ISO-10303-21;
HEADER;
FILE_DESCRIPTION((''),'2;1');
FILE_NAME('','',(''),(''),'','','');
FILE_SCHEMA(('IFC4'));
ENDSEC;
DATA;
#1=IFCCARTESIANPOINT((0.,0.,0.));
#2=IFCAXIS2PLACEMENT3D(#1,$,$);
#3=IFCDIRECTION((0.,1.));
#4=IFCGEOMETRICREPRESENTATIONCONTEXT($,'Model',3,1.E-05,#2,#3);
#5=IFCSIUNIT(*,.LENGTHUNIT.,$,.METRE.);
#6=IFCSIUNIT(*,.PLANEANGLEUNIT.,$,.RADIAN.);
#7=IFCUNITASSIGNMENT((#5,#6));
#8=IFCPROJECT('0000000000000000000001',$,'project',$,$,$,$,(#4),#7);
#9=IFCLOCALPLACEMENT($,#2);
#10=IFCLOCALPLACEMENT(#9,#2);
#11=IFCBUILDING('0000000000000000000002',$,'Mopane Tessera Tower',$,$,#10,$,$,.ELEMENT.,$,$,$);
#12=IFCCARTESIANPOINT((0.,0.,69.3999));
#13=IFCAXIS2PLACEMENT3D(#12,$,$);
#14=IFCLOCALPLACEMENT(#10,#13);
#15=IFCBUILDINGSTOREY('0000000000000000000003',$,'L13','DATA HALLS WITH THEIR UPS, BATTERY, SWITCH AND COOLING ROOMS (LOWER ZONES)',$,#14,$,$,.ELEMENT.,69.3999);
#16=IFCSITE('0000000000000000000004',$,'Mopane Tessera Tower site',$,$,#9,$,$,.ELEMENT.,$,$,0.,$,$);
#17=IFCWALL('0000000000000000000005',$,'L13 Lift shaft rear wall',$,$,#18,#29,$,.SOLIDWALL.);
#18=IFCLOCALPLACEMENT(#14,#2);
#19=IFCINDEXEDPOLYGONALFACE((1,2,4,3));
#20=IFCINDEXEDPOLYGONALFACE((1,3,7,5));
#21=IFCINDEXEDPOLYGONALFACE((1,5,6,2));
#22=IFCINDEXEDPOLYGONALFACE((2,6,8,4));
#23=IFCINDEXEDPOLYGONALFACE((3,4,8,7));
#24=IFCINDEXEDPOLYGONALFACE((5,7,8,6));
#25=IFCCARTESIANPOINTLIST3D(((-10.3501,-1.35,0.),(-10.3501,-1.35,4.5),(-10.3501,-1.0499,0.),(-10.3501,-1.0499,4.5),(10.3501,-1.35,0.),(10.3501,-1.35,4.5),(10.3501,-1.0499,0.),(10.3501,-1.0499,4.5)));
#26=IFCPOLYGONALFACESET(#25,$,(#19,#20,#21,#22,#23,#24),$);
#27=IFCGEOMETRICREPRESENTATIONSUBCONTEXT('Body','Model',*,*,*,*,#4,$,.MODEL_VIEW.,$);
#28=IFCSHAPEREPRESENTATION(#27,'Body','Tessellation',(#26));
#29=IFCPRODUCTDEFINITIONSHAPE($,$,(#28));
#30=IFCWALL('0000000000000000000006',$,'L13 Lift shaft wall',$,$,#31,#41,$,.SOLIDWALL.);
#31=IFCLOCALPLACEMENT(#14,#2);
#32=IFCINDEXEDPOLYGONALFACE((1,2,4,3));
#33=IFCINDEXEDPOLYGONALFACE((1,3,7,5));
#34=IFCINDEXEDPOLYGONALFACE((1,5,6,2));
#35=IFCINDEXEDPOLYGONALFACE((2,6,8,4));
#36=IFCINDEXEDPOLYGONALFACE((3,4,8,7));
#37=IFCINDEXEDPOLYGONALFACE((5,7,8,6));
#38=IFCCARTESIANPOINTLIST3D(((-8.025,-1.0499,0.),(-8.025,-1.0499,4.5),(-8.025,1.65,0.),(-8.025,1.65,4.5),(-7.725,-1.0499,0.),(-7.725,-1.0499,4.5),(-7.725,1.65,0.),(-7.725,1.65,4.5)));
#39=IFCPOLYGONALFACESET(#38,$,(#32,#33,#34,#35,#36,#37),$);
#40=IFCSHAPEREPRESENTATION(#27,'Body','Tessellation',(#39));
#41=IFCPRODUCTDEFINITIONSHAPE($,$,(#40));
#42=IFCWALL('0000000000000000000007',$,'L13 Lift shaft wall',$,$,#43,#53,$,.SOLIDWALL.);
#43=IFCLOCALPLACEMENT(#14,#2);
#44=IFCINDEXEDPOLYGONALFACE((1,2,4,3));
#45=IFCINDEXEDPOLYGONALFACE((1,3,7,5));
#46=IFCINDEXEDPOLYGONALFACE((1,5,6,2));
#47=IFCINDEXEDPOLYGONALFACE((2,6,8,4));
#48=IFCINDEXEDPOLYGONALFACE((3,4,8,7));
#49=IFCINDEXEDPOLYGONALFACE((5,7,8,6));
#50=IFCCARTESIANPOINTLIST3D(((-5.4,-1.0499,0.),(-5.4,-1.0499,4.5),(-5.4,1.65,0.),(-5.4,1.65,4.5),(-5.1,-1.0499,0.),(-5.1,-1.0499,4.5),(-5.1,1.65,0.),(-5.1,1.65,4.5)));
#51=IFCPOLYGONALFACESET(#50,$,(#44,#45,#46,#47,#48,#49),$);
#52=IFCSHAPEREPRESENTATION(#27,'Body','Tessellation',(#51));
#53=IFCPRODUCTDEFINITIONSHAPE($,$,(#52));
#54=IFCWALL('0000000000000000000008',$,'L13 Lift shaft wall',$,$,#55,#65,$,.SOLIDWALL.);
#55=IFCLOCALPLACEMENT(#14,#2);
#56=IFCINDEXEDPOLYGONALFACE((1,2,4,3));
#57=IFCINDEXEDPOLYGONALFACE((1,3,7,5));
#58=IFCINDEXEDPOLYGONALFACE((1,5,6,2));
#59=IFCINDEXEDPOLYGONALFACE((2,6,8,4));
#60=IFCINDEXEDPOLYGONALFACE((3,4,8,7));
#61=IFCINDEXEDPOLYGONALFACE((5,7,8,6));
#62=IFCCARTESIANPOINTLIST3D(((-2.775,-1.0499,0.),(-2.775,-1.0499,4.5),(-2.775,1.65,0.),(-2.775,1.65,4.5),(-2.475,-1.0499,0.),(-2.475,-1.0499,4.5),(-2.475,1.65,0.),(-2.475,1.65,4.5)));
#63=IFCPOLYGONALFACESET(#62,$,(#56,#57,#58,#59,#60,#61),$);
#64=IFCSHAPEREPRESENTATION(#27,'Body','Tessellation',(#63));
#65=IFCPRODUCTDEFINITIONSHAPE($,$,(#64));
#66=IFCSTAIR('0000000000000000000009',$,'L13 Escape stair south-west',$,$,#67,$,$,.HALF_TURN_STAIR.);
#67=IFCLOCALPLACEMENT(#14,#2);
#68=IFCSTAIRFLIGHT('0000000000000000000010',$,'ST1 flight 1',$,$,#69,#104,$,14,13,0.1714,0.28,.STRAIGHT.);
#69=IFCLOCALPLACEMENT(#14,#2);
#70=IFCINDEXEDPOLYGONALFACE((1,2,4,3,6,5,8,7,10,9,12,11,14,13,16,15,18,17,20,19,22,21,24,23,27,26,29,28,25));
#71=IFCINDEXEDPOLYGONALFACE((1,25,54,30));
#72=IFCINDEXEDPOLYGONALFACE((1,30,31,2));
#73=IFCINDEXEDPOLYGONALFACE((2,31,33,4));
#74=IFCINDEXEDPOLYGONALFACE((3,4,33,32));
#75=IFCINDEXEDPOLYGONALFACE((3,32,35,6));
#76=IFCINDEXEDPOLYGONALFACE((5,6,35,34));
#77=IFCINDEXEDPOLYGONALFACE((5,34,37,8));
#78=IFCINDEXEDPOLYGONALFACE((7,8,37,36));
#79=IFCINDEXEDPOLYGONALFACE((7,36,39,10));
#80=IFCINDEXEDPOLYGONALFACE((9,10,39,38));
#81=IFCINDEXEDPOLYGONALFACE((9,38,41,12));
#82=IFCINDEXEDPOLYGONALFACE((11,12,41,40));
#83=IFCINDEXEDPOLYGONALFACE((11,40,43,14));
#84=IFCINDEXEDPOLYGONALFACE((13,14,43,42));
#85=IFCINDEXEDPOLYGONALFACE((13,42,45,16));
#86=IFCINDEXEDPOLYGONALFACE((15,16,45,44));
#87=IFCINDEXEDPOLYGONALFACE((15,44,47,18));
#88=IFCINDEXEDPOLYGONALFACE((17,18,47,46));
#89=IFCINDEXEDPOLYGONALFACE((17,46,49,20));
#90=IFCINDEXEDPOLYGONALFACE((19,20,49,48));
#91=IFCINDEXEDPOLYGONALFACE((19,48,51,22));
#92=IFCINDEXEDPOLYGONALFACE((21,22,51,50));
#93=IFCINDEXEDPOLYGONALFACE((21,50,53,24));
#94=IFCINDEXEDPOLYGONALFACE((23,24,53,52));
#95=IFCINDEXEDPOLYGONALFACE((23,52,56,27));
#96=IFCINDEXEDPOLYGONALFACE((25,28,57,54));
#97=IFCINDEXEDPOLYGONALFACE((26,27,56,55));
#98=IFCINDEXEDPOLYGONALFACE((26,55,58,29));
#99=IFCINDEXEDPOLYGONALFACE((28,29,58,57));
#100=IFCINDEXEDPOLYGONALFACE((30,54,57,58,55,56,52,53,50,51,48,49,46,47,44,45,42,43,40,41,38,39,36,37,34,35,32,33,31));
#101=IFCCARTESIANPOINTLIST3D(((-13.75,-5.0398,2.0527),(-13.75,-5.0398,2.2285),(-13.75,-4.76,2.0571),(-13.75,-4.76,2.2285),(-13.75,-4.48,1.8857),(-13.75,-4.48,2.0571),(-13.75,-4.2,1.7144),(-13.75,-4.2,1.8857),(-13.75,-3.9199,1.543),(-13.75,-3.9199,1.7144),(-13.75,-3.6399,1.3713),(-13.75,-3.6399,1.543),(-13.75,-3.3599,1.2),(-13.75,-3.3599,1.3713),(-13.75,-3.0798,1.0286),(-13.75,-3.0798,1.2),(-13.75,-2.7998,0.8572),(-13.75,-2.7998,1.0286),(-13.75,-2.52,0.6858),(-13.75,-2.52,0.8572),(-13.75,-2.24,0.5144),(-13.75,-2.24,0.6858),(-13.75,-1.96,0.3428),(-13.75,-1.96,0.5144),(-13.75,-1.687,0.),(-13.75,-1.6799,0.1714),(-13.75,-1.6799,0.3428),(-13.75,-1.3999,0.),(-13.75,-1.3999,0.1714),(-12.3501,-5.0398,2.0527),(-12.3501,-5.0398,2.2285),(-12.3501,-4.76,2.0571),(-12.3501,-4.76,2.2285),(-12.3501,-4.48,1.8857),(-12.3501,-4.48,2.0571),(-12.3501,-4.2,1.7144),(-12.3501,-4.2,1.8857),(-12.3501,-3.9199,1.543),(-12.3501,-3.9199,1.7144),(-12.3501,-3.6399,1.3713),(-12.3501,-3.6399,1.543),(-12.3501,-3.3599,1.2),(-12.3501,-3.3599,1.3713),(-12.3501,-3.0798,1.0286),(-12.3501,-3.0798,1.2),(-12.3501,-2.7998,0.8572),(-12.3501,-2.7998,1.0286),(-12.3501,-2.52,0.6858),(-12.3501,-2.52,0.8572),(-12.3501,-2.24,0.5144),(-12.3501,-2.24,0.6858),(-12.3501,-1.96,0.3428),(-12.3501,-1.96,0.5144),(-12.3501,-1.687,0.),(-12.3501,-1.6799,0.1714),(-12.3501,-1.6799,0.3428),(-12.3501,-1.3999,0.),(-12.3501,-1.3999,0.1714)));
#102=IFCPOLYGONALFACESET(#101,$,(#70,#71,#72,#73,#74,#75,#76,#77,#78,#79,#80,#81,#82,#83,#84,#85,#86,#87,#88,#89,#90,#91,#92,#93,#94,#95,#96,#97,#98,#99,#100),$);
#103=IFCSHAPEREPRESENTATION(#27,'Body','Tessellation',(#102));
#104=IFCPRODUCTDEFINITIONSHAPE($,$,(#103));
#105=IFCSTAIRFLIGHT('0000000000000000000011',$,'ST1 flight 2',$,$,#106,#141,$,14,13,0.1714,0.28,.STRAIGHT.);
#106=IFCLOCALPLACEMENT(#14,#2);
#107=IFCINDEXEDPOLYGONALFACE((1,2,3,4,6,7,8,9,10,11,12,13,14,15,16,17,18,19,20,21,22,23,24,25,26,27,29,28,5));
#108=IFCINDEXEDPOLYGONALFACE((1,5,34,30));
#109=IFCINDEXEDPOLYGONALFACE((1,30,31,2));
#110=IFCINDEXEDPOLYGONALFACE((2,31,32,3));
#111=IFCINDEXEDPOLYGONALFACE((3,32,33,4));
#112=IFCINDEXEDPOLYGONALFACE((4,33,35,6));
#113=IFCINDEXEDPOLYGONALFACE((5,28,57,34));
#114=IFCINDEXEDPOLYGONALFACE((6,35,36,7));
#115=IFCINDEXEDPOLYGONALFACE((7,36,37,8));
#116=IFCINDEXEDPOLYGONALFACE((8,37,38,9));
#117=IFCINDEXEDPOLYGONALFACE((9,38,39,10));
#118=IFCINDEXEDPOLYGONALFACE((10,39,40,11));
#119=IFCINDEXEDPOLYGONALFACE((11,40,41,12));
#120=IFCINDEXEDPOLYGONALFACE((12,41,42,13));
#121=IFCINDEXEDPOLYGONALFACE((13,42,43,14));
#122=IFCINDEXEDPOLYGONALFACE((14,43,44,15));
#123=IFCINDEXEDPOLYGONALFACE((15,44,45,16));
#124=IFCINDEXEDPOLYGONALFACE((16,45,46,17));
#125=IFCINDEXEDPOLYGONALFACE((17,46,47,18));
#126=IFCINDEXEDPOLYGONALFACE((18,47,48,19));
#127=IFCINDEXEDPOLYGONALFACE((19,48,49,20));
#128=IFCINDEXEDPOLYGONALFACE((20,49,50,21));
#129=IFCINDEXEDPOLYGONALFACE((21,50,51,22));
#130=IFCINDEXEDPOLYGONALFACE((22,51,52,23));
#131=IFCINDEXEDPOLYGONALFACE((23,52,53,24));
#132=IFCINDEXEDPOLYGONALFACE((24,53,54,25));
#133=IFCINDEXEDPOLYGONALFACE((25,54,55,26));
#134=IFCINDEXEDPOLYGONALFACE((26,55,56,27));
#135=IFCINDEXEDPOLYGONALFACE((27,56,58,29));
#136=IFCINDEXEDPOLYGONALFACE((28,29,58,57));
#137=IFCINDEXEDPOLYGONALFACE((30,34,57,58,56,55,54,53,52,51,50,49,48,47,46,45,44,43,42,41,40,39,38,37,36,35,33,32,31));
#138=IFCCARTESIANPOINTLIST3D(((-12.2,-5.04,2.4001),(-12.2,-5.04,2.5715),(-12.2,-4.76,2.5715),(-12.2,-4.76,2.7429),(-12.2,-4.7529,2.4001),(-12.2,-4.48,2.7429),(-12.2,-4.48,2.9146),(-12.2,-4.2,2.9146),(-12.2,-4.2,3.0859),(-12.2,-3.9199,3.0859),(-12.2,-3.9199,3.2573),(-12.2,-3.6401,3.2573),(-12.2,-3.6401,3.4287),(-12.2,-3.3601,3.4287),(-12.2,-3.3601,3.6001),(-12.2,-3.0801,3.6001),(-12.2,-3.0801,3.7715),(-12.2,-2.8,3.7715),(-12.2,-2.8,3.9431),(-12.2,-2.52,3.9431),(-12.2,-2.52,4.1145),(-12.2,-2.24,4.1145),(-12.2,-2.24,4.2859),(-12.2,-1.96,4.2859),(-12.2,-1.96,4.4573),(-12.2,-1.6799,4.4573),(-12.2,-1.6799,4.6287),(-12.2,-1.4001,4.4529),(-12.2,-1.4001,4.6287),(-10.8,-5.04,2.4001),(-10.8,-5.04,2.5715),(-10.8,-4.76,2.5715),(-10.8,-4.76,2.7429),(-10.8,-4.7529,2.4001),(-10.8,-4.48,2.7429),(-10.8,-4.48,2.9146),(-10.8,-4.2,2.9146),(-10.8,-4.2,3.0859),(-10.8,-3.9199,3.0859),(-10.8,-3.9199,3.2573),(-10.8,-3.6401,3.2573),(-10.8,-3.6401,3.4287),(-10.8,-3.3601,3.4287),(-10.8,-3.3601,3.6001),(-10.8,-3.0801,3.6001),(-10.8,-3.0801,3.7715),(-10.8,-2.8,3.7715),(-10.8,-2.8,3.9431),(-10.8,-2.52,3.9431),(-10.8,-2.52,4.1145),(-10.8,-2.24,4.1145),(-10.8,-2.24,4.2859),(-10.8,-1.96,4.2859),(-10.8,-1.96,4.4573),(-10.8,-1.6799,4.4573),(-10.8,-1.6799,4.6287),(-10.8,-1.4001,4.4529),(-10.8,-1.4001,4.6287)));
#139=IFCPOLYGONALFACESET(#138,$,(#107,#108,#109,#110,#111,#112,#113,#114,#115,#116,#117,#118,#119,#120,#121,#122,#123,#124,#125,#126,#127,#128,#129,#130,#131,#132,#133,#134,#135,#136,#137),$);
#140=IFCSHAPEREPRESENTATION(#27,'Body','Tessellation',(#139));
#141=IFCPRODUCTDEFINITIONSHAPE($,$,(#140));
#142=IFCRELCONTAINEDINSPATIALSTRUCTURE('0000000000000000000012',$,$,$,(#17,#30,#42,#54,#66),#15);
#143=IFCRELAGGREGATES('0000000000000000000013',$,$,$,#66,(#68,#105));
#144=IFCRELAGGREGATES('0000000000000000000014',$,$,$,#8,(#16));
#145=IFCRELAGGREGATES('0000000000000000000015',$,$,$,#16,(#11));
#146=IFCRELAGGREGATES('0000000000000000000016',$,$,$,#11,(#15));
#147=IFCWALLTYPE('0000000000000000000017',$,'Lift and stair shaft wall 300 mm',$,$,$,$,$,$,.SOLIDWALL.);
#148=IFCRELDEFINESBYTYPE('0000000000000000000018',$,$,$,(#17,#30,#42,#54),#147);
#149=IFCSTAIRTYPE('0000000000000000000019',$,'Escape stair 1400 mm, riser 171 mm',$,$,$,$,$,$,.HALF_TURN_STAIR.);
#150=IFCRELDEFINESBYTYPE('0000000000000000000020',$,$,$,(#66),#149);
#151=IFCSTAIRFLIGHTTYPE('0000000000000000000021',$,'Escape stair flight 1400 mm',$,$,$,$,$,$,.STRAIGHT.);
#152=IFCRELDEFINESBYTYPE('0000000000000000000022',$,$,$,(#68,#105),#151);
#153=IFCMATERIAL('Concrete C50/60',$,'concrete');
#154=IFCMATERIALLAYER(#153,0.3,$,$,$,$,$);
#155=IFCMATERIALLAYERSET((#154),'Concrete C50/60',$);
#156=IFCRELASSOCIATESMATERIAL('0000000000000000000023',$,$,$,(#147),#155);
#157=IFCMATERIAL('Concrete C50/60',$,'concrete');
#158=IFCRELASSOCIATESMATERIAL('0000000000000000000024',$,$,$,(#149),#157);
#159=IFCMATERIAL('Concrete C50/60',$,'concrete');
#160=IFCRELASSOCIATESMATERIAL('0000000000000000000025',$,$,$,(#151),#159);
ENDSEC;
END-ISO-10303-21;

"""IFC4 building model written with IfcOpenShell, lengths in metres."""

from ifc_helpers import new_model, si_unit, direction, frame, frame_2d, origin, place, context, subcontext, project, spatial, polyline, rectangle, outline, extrude, material, layer, layer_set, type_object, element, aggregate, save


model = new_model("IFC4")

# Units and contexts
model_context = context("Model", 3, precision=1e-05, world=origin(), true_north=direction((0.0, 1.0)))
body_context = subcontext(model_context, "Body", "Model", "MODEL_VIEW")
ifc_project = project(units=[si_unit("LENGTHUNIT", "METRE"), si_unit("PLANEANGLEUNIT", "RADIAN")], contexts=[model_context])

# Site, building, storey
site_placement = place(None, origin())
site = spatial("IfcSite", under=ifc_project, at=site_placement, Name="Mopane Tessera Tower site", CompositionType="ELEMENT", RefElevation=0.0)
building_placement = place(site_placement, origin())
building = spatial("IfcBuilding", under=site, at=building_placement, Name="Mopane Tessera Tower", CompositionType="ELEMENT")
storey_placement = place(building_placement, frame((0.0, 0.0, 69.3999)))
storey = spatial("IfcBuildingStorey", under=building, at=storey_placement, Name="L13", Description="DATA HALLS WITH THEIR UPS, BATTERY, SWITCH AND COOLING ROOMS (LOWER ZONES)", CompositionType="ELEMENT", Elevation=69.3999)

# Walls
ifc_material_1 = material(Name="Concrete C50/60", Category="concrete")
ifc_layer_1 = layer(ifc_material_1, 0.3)
ifc_layer_set_1 = layer_set([ifc_layer_1], Name="Concrete C50/60")
wall_type_1 = type_object("IfcWallType", Name="Lift and stair shaft wall 300 mm", PredefinedType="SOLIDWALL", material=ifc_layer_set_1)
wall_1_placement = place(storey_placement, frame((-10.3501, -1.2, 0.0), z_axis=(0.0, 0.0, 1.0), x_axis=(1.0, 0.0, 0.0)))
element("IfcWall", 1, at=wall_1_placement, inside=storey, type_object=wall_type_1, Name="L13 Lift shaft rear wall", PredefinedType="SOLIDWALL", context=body_context, shape_type="SweptSolid", body=[
    extrude(rectangle(XDim=20.7002, YDim=0.3, at=frame_2d((10.3501, 0.0))), origin(), (0.0, 0.0, 1.0), 4.5),
])
for number, where, z_axis, x_axis, name in (
    (2, (-7.875, -1.05, 0.0), (0.0, 0.0, 1.0), (0.0, 1.0, 0.0), "L13 Lift shaft wall"),
    (3, (-5.25, -1.05, 0.0), (0.0, 0.0, 1.0), (0.0, 1.0, 0.0), "L13 Lift shaft wall"),
    (4, (-2.625, -1.05, 0.0), (0.0, 0.0, 1.0), (0.0, 1.0, 0.0), "L13 Lift shaft wall"),
):
    element("IfcWall", number, at=place(storey_placement, frame(where, z_axis=z_axis, x_axis=x_axis)), inside=storey, type_object=wall_type_1, Name=name, PredefinedType="SOLIDWALL", context=body_context, shape_type="SweptSolid", body=[
        extrude(rectangle(XDim=2.7, YDim=0.3, at=frame_2d((1.3501, 0.0))), origin(), (0.0, 0.0, 1.0), 4.5),
    ])

# Stair, stair flights
ifc_material_2 = material(Name="Concrete C50/60", Category="concrete")
stair_type = type_object("IfcStairType", Name="Escape stair 1400 mm, riser 171 mm", PredefinedType="HALF_TURN_STAIR", material=ifc_material_2)
stair_placement = place(storey_placement, origin())
stair = element("IfcStair", 5, at=stair_placement, inside=storey, type_object=stair_type, Name="L13 Escape stair south-west", PredefinedType="HALF_TURN_STAIR")
ifc_material_3 = material(Name="Concrete C50/60", Category="concrete")
stair_flight_type = type_object("IfcStairFlightType", Name="Escape stair flight 1400 mm", PredefinedType="STRAIGHT", material=ifc_material_3)
stair_flight_1_placement = place(storey_placement, frame((-13.05, -1.3999, 0.0), z_axis=(0.0, 0.0, 1.0), x_axis=(0.0, -1.0, 0.0)))
stair_flight_1 = element("IfcStairFlight", 6, at=stair_flight_1_placement, type_object=stair_flight_type, Name="ST1 flight 1", NumberOfRisers=14, NumberOfTreads=13, PredefinedType="STRAIGHT", RiserHeight=0.1714, TreadLength=0.28, context=body_context, shape_type="SweptSolid", body=[
    extrude(outline(polyline([(0.0, 0.0), (0.0, 0.1714), (0.28, 0.1714), (0.28, 0.3428), (0.5601, 0.3428), (0.5601, 0.5144), (0.8401, 0.5144), (0.8401, 0.6858), (1.1201, 0.6858), (1.1201, 0.8572), (1.3999, 0.8572), (1.3999, 1.0286), (1.6799, 1.0286), (1.6799, 1.2), (1.96, 1.2), (1.96, 1.3713), (2.24, 1.3713), (2.24, 1.543), (2.52, 1.543), (2.52, 1.7144), (2.8, 1.7144), (2.8, 1.8857), (3.0801, 1.8857), (3.0801, 2.0571), (3.3601, 2.0571), (3.3601, 2.2285), (3.6399, 2.2285), (3.6399, 2.3999), (3.6399, 2.0527), (0.2871, 0.0), (0.0, 0.0)])), frame((0.0, 0.7, 0.0), z_axis=(0.0, -1.0, 0.0), x_axis=(1.0, 0.0, 0.0)), (0.0, 0.0, 1.0), 1.3999),
])
stair_flight_2_placement = place(storey_placement, frame((-11.5, -5.04, 2.4001), z_axis=(0.0, 0.0, 1.0), x_axis=(0.0, 1.0, 0.0)))
stair_flight_2 = element("IfcStairFlight", 7, at=stair_flight_2_placement, type_object=stair_flight_type, Name="ST1 flight 2", NumberOfRisers=14, NumberOfTreads=13, PredefinedType="STRAIGHT", RiserHeight=0.1714, TreadLength=0.28, context=body_context, shape_type="SweptSolid", body=[
    extrude(outline(polyline([(0.0, 0.0), (0.0, 0.1714), (0.28, 0.1714), (0.28, 0.3428), (0.5601, 0.3428), (0.5601, 0.5144), (0.8401, 0.5144), (0.8401, 0.6858), (1.1201, 0.6858), (1.1201, 0.8572), (1.3999, 0.8572), (1.3999, 1.0286), (1.6799, 1.0286), (1.6799, 1.2), (1.96, 1.2), (1.96, 1.3713), (2.24, 1.3713), (2.24, 1.543), (2.52, 1.543), (2.52, 1.7144), (2.8, 1.7144), (2.8, 1.8857), (3.0801, 1.8857), (3.0801, 2.0571), (3.3601, 2.0571), (3.3601, 2.2285), (3.6399, 2.2285), (3.6399, 2.3999), (3.6399, 2.0527), (0.2871, 0.0), (0.0, 0.0)])), frame((0.0, 0.7, 0.0), z_axis=(0.0, -1.0, 0.0), x_axis=(1.0, 0.0, 0.0)), (0.0, 0.0, 1.0), 1.3999),
])
aggregate(stair, [stair_flight_1, stair_flight_2])

save(model, "model.ifc")
